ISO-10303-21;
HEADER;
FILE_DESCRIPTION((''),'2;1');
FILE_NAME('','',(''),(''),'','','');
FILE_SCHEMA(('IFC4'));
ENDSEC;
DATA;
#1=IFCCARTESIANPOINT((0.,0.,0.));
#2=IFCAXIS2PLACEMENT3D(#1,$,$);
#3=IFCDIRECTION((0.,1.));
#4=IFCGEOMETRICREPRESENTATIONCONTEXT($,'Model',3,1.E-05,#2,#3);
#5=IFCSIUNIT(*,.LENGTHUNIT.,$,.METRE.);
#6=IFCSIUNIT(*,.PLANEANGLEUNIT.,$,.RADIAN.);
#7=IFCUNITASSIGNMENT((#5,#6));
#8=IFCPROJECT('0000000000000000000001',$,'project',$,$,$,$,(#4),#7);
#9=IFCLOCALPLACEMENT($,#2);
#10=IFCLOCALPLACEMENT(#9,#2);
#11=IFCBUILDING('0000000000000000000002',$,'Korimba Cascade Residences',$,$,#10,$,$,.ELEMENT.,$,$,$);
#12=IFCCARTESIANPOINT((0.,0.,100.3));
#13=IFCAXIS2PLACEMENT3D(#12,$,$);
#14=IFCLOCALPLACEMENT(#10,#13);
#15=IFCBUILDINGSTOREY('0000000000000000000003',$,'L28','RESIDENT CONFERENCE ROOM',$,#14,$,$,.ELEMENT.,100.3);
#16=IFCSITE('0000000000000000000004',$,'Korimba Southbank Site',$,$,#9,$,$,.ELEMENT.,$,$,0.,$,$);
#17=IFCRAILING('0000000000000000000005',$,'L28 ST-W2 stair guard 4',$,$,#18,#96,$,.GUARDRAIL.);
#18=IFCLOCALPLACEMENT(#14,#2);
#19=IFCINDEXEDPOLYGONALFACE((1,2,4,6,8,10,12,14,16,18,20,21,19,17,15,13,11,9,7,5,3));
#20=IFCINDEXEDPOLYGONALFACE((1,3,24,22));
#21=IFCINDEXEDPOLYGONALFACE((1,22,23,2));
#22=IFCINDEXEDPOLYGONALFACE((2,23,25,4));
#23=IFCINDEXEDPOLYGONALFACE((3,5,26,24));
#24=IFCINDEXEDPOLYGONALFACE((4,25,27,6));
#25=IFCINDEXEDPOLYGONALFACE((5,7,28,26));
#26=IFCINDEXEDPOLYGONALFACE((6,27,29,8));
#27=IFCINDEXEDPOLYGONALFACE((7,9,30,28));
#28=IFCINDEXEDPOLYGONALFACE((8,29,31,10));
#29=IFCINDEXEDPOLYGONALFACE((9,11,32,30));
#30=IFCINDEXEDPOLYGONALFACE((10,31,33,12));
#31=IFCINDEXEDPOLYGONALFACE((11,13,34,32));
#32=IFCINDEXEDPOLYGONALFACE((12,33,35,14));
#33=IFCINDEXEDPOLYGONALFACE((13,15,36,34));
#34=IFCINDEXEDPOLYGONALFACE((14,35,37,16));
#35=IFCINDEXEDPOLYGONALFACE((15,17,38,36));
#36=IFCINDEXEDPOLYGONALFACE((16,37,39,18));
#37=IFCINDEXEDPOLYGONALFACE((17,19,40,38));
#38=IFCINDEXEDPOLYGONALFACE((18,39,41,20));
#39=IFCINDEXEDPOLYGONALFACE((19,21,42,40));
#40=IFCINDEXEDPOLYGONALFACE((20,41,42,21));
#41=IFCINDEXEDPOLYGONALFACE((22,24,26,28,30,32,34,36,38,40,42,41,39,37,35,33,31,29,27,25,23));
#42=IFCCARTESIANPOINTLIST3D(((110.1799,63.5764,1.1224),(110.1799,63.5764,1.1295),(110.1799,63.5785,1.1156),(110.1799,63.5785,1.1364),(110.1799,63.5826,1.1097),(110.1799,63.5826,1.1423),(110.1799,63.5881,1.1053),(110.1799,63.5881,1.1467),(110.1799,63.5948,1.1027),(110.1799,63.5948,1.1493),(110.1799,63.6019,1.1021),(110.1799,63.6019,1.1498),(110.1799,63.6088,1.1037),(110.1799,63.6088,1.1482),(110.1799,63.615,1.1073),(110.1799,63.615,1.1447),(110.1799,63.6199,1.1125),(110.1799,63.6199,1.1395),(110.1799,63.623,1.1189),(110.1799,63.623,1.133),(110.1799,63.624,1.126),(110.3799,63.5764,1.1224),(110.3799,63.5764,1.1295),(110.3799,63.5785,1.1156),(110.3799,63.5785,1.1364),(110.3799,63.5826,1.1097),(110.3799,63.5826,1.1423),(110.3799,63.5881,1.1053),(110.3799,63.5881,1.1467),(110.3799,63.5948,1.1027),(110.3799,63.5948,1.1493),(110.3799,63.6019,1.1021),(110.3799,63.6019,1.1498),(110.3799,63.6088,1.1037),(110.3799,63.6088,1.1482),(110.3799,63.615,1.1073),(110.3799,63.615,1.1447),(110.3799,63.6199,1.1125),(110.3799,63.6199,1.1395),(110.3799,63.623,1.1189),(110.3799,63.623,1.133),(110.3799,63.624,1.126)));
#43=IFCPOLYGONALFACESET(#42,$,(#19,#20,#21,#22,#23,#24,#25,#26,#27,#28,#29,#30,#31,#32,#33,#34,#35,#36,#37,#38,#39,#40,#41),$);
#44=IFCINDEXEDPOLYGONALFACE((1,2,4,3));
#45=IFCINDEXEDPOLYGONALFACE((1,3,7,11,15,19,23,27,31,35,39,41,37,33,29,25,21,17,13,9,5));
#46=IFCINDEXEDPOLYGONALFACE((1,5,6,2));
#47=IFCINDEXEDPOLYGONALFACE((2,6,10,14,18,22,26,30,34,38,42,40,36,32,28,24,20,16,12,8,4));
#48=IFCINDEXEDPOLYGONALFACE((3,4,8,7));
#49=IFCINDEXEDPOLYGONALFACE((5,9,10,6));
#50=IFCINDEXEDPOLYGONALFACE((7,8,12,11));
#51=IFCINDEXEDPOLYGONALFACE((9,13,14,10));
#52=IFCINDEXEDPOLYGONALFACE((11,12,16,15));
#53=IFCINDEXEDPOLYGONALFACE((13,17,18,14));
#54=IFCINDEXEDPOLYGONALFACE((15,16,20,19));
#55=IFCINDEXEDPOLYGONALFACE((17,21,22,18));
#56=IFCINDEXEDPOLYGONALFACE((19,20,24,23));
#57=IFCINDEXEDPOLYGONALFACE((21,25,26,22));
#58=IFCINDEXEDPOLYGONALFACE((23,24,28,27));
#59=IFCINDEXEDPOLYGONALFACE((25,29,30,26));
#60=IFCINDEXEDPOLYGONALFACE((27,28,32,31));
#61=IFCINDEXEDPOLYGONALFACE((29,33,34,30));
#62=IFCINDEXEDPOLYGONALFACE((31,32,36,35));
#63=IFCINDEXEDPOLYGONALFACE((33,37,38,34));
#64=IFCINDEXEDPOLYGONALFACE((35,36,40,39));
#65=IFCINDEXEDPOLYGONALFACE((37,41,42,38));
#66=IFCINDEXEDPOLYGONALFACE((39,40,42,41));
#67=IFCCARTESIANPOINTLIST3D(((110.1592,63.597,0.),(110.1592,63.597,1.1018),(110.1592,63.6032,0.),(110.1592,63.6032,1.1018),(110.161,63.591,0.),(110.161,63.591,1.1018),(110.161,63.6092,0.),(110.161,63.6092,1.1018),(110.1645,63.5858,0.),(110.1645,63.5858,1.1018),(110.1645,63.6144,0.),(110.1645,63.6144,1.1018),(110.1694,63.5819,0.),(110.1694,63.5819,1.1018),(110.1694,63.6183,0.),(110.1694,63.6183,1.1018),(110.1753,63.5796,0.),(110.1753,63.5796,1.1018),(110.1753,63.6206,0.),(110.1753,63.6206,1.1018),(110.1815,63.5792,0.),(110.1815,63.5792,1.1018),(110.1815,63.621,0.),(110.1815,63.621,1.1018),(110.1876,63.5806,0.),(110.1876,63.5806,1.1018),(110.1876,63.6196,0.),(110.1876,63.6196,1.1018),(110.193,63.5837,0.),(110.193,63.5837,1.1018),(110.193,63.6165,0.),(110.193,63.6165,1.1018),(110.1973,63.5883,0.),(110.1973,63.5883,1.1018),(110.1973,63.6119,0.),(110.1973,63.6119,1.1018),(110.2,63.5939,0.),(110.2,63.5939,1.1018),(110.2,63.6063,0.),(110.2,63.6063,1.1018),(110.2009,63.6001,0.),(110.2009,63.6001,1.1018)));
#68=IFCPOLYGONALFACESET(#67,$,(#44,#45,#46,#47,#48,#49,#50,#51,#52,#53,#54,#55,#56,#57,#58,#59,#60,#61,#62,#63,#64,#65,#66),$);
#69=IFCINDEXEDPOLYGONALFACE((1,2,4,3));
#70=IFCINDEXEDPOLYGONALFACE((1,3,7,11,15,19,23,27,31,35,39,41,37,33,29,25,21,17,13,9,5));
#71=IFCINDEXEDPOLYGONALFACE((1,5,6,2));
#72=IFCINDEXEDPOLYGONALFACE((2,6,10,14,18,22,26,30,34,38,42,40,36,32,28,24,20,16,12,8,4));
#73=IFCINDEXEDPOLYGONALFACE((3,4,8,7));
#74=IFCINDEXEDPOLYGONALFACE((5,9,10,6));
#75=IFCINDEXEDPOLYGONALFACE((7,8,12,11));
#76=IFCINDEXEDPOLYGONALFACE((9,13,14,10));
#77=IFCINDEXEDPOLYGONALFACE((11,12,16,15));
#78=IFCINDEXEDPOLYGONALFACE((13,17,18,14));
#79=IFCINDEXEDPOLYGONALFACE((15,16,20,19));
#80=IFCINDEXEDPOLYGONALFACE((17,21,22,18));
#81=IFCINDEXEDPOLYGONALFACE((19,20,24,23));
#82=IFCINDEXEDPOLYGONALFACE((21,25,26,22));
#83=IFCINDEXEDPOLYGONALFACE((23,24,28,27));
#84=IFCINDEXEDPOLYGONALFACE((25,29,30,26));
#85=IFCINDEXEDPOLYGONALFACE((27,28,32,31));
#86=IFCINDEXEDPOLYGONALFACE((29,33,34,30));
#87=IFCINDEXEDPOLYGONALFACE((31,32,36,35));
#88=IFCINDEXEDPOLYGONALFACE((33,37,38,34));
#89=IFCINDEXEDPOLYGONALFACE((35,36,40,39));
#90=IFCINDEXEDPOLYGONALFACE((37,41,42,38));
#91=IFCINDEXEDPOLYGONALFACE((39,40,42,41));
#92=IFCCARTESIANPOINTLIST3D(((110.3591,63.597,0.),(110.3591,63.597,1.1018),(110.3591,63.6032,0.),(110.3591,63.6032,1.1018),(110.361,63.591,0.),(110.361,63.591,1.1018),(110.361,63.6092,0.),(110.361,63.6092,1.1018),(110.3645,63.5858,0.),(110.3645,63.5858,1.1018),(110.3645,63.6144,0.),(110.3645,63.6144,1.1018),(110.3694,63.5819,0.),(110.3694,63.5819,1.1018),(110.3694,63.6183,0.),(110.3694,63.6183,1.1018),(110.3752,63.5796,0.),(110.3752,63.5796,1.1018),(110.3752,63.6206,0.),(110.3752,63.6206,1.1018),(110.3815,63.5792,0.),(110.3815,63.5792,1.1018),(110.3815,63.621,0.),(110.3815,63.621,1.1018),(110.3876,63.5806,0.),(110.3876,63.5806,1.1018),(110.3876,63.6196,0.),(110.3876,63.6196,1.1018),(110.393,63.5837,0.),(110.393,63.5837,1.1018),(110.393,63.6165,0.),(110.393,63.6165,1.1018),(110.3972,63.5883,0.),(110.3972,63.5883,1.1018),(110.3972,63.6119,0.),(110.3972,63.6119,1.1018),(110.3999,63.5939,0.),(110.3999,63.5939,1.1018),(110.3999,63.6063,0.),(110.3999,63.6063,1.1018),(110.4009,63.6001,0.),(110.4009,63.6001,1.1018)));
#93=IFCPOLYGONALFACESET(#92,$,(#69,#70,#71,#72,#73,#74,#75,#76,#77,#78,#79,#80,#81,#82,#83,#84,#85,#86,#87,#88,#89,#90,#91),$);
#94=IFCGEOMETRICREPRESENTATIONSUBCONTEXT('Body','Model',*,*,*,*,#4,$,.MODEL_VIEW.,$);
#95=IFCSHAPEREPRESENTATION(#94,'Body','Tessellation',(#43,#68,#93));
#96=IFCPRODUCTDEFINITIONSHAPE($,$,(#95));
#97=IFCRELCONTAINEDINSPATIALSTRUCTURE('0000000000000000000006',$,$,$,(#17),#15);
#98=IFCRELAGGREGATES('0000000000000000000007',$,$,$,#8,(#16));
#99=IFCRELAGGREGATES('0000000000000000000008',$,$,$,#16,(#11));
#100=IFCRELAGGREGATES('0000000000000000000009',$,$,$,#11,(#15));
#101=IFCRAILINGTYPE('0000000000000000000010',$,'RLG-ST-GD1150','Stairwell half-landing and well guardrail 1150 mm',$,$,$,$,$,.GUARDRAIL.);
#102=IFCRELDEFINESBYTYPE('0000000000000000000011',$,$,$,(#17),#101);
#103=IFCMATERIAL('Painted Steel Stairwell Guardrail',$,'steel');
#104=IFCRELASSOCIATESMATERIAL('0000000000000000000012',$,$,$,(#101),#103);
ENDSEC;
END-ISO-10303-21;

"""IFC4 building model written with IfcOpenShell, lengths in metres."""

from ifc_helpers import new_model, si_unit, direction, frame, origin, origin_2d, place, context, subcontext, project, spatial, circle, extrude, material, type_object, element, save


model = new_model("IFC4")

# Units and contexts
model_context = context("Model", 3, precision=1e-05, world=origin(), true_north=direction((0.0, 1.0)))
body_context = subcontext(model_context, "Body", "Model", "MODEL_VIEW")
ifc_project = project(units=[si_unit("LENGTHUNIT", "METRE"), si_unit("PLANEANGLEUNIT", "RADIAN")], contexts=[model_context])

# Site, building, storey
site_placement = place(None, origin())
site = spatial("IfcSite", under=ifc_project, at=site_placement, Name="Korimba Southbank Site", CompositionType="ELEMENT", RefElevation=0.0)
building_placement = place(site_placement, origin())
building = spatial("IfcBuilding", under=site, at=building_placement, Name="Korimba Cascade Residences", CompositionType="ELEMENT")
storey_placement = place(building_placement, frame((0.0, 0.0, 100.3)))
storey = spatial("IfcBuildingStorey", under=building, at=storey_placement, Name="L28", Description="RESIDENT CONFERENCE ROOM", CompositionType="ELEMENT", Elevation=100.3)

# Railing
ifc_material_1 = material(Name="Painted Steel Stairwell Guardrail", Category="steel")
railing_type_1 = type_object("IfcRailingType", Name="RLG-ST-GD1150", Description="Stairwell half-landing and well guardrail 1150 mm", PredefinedType="GUARDRAIL", material=ifc_material_1)
railing_1_placement = place(storey_placement, frame((110.1799, 63.6001, 0.0)))
element("IfcRailing", 1, at=railing_1_placement, inside=storey, type_object=railing_type_1, Name="L28 ST-W2 stair guard 4", PredefinedType="GUARDRAIL", context=body_context, shape_type="SweptSolid", body=[
    extrude(circle(Radius=0.0239, at=origin_2d()), frame((0.0, 0.0, 1.126), z_axis=(1.0, 0.0, 0.0), x_axis=(0.0, 1.0, 0.0)), (0.0, 0.0, 1.0), 0.2),
    extrude(circle(Radius=0.021, at=origin_2d()), origin(), (0.0, 0.0, 1.0), 1.1018),
    extrude(circle(Radius=0.021, at=origin_2d()), frame((0.2, 0.0, 0.0)), (0.0, 0.0, 1.0), 1.1018),
])

save(model, "model.ifc")
